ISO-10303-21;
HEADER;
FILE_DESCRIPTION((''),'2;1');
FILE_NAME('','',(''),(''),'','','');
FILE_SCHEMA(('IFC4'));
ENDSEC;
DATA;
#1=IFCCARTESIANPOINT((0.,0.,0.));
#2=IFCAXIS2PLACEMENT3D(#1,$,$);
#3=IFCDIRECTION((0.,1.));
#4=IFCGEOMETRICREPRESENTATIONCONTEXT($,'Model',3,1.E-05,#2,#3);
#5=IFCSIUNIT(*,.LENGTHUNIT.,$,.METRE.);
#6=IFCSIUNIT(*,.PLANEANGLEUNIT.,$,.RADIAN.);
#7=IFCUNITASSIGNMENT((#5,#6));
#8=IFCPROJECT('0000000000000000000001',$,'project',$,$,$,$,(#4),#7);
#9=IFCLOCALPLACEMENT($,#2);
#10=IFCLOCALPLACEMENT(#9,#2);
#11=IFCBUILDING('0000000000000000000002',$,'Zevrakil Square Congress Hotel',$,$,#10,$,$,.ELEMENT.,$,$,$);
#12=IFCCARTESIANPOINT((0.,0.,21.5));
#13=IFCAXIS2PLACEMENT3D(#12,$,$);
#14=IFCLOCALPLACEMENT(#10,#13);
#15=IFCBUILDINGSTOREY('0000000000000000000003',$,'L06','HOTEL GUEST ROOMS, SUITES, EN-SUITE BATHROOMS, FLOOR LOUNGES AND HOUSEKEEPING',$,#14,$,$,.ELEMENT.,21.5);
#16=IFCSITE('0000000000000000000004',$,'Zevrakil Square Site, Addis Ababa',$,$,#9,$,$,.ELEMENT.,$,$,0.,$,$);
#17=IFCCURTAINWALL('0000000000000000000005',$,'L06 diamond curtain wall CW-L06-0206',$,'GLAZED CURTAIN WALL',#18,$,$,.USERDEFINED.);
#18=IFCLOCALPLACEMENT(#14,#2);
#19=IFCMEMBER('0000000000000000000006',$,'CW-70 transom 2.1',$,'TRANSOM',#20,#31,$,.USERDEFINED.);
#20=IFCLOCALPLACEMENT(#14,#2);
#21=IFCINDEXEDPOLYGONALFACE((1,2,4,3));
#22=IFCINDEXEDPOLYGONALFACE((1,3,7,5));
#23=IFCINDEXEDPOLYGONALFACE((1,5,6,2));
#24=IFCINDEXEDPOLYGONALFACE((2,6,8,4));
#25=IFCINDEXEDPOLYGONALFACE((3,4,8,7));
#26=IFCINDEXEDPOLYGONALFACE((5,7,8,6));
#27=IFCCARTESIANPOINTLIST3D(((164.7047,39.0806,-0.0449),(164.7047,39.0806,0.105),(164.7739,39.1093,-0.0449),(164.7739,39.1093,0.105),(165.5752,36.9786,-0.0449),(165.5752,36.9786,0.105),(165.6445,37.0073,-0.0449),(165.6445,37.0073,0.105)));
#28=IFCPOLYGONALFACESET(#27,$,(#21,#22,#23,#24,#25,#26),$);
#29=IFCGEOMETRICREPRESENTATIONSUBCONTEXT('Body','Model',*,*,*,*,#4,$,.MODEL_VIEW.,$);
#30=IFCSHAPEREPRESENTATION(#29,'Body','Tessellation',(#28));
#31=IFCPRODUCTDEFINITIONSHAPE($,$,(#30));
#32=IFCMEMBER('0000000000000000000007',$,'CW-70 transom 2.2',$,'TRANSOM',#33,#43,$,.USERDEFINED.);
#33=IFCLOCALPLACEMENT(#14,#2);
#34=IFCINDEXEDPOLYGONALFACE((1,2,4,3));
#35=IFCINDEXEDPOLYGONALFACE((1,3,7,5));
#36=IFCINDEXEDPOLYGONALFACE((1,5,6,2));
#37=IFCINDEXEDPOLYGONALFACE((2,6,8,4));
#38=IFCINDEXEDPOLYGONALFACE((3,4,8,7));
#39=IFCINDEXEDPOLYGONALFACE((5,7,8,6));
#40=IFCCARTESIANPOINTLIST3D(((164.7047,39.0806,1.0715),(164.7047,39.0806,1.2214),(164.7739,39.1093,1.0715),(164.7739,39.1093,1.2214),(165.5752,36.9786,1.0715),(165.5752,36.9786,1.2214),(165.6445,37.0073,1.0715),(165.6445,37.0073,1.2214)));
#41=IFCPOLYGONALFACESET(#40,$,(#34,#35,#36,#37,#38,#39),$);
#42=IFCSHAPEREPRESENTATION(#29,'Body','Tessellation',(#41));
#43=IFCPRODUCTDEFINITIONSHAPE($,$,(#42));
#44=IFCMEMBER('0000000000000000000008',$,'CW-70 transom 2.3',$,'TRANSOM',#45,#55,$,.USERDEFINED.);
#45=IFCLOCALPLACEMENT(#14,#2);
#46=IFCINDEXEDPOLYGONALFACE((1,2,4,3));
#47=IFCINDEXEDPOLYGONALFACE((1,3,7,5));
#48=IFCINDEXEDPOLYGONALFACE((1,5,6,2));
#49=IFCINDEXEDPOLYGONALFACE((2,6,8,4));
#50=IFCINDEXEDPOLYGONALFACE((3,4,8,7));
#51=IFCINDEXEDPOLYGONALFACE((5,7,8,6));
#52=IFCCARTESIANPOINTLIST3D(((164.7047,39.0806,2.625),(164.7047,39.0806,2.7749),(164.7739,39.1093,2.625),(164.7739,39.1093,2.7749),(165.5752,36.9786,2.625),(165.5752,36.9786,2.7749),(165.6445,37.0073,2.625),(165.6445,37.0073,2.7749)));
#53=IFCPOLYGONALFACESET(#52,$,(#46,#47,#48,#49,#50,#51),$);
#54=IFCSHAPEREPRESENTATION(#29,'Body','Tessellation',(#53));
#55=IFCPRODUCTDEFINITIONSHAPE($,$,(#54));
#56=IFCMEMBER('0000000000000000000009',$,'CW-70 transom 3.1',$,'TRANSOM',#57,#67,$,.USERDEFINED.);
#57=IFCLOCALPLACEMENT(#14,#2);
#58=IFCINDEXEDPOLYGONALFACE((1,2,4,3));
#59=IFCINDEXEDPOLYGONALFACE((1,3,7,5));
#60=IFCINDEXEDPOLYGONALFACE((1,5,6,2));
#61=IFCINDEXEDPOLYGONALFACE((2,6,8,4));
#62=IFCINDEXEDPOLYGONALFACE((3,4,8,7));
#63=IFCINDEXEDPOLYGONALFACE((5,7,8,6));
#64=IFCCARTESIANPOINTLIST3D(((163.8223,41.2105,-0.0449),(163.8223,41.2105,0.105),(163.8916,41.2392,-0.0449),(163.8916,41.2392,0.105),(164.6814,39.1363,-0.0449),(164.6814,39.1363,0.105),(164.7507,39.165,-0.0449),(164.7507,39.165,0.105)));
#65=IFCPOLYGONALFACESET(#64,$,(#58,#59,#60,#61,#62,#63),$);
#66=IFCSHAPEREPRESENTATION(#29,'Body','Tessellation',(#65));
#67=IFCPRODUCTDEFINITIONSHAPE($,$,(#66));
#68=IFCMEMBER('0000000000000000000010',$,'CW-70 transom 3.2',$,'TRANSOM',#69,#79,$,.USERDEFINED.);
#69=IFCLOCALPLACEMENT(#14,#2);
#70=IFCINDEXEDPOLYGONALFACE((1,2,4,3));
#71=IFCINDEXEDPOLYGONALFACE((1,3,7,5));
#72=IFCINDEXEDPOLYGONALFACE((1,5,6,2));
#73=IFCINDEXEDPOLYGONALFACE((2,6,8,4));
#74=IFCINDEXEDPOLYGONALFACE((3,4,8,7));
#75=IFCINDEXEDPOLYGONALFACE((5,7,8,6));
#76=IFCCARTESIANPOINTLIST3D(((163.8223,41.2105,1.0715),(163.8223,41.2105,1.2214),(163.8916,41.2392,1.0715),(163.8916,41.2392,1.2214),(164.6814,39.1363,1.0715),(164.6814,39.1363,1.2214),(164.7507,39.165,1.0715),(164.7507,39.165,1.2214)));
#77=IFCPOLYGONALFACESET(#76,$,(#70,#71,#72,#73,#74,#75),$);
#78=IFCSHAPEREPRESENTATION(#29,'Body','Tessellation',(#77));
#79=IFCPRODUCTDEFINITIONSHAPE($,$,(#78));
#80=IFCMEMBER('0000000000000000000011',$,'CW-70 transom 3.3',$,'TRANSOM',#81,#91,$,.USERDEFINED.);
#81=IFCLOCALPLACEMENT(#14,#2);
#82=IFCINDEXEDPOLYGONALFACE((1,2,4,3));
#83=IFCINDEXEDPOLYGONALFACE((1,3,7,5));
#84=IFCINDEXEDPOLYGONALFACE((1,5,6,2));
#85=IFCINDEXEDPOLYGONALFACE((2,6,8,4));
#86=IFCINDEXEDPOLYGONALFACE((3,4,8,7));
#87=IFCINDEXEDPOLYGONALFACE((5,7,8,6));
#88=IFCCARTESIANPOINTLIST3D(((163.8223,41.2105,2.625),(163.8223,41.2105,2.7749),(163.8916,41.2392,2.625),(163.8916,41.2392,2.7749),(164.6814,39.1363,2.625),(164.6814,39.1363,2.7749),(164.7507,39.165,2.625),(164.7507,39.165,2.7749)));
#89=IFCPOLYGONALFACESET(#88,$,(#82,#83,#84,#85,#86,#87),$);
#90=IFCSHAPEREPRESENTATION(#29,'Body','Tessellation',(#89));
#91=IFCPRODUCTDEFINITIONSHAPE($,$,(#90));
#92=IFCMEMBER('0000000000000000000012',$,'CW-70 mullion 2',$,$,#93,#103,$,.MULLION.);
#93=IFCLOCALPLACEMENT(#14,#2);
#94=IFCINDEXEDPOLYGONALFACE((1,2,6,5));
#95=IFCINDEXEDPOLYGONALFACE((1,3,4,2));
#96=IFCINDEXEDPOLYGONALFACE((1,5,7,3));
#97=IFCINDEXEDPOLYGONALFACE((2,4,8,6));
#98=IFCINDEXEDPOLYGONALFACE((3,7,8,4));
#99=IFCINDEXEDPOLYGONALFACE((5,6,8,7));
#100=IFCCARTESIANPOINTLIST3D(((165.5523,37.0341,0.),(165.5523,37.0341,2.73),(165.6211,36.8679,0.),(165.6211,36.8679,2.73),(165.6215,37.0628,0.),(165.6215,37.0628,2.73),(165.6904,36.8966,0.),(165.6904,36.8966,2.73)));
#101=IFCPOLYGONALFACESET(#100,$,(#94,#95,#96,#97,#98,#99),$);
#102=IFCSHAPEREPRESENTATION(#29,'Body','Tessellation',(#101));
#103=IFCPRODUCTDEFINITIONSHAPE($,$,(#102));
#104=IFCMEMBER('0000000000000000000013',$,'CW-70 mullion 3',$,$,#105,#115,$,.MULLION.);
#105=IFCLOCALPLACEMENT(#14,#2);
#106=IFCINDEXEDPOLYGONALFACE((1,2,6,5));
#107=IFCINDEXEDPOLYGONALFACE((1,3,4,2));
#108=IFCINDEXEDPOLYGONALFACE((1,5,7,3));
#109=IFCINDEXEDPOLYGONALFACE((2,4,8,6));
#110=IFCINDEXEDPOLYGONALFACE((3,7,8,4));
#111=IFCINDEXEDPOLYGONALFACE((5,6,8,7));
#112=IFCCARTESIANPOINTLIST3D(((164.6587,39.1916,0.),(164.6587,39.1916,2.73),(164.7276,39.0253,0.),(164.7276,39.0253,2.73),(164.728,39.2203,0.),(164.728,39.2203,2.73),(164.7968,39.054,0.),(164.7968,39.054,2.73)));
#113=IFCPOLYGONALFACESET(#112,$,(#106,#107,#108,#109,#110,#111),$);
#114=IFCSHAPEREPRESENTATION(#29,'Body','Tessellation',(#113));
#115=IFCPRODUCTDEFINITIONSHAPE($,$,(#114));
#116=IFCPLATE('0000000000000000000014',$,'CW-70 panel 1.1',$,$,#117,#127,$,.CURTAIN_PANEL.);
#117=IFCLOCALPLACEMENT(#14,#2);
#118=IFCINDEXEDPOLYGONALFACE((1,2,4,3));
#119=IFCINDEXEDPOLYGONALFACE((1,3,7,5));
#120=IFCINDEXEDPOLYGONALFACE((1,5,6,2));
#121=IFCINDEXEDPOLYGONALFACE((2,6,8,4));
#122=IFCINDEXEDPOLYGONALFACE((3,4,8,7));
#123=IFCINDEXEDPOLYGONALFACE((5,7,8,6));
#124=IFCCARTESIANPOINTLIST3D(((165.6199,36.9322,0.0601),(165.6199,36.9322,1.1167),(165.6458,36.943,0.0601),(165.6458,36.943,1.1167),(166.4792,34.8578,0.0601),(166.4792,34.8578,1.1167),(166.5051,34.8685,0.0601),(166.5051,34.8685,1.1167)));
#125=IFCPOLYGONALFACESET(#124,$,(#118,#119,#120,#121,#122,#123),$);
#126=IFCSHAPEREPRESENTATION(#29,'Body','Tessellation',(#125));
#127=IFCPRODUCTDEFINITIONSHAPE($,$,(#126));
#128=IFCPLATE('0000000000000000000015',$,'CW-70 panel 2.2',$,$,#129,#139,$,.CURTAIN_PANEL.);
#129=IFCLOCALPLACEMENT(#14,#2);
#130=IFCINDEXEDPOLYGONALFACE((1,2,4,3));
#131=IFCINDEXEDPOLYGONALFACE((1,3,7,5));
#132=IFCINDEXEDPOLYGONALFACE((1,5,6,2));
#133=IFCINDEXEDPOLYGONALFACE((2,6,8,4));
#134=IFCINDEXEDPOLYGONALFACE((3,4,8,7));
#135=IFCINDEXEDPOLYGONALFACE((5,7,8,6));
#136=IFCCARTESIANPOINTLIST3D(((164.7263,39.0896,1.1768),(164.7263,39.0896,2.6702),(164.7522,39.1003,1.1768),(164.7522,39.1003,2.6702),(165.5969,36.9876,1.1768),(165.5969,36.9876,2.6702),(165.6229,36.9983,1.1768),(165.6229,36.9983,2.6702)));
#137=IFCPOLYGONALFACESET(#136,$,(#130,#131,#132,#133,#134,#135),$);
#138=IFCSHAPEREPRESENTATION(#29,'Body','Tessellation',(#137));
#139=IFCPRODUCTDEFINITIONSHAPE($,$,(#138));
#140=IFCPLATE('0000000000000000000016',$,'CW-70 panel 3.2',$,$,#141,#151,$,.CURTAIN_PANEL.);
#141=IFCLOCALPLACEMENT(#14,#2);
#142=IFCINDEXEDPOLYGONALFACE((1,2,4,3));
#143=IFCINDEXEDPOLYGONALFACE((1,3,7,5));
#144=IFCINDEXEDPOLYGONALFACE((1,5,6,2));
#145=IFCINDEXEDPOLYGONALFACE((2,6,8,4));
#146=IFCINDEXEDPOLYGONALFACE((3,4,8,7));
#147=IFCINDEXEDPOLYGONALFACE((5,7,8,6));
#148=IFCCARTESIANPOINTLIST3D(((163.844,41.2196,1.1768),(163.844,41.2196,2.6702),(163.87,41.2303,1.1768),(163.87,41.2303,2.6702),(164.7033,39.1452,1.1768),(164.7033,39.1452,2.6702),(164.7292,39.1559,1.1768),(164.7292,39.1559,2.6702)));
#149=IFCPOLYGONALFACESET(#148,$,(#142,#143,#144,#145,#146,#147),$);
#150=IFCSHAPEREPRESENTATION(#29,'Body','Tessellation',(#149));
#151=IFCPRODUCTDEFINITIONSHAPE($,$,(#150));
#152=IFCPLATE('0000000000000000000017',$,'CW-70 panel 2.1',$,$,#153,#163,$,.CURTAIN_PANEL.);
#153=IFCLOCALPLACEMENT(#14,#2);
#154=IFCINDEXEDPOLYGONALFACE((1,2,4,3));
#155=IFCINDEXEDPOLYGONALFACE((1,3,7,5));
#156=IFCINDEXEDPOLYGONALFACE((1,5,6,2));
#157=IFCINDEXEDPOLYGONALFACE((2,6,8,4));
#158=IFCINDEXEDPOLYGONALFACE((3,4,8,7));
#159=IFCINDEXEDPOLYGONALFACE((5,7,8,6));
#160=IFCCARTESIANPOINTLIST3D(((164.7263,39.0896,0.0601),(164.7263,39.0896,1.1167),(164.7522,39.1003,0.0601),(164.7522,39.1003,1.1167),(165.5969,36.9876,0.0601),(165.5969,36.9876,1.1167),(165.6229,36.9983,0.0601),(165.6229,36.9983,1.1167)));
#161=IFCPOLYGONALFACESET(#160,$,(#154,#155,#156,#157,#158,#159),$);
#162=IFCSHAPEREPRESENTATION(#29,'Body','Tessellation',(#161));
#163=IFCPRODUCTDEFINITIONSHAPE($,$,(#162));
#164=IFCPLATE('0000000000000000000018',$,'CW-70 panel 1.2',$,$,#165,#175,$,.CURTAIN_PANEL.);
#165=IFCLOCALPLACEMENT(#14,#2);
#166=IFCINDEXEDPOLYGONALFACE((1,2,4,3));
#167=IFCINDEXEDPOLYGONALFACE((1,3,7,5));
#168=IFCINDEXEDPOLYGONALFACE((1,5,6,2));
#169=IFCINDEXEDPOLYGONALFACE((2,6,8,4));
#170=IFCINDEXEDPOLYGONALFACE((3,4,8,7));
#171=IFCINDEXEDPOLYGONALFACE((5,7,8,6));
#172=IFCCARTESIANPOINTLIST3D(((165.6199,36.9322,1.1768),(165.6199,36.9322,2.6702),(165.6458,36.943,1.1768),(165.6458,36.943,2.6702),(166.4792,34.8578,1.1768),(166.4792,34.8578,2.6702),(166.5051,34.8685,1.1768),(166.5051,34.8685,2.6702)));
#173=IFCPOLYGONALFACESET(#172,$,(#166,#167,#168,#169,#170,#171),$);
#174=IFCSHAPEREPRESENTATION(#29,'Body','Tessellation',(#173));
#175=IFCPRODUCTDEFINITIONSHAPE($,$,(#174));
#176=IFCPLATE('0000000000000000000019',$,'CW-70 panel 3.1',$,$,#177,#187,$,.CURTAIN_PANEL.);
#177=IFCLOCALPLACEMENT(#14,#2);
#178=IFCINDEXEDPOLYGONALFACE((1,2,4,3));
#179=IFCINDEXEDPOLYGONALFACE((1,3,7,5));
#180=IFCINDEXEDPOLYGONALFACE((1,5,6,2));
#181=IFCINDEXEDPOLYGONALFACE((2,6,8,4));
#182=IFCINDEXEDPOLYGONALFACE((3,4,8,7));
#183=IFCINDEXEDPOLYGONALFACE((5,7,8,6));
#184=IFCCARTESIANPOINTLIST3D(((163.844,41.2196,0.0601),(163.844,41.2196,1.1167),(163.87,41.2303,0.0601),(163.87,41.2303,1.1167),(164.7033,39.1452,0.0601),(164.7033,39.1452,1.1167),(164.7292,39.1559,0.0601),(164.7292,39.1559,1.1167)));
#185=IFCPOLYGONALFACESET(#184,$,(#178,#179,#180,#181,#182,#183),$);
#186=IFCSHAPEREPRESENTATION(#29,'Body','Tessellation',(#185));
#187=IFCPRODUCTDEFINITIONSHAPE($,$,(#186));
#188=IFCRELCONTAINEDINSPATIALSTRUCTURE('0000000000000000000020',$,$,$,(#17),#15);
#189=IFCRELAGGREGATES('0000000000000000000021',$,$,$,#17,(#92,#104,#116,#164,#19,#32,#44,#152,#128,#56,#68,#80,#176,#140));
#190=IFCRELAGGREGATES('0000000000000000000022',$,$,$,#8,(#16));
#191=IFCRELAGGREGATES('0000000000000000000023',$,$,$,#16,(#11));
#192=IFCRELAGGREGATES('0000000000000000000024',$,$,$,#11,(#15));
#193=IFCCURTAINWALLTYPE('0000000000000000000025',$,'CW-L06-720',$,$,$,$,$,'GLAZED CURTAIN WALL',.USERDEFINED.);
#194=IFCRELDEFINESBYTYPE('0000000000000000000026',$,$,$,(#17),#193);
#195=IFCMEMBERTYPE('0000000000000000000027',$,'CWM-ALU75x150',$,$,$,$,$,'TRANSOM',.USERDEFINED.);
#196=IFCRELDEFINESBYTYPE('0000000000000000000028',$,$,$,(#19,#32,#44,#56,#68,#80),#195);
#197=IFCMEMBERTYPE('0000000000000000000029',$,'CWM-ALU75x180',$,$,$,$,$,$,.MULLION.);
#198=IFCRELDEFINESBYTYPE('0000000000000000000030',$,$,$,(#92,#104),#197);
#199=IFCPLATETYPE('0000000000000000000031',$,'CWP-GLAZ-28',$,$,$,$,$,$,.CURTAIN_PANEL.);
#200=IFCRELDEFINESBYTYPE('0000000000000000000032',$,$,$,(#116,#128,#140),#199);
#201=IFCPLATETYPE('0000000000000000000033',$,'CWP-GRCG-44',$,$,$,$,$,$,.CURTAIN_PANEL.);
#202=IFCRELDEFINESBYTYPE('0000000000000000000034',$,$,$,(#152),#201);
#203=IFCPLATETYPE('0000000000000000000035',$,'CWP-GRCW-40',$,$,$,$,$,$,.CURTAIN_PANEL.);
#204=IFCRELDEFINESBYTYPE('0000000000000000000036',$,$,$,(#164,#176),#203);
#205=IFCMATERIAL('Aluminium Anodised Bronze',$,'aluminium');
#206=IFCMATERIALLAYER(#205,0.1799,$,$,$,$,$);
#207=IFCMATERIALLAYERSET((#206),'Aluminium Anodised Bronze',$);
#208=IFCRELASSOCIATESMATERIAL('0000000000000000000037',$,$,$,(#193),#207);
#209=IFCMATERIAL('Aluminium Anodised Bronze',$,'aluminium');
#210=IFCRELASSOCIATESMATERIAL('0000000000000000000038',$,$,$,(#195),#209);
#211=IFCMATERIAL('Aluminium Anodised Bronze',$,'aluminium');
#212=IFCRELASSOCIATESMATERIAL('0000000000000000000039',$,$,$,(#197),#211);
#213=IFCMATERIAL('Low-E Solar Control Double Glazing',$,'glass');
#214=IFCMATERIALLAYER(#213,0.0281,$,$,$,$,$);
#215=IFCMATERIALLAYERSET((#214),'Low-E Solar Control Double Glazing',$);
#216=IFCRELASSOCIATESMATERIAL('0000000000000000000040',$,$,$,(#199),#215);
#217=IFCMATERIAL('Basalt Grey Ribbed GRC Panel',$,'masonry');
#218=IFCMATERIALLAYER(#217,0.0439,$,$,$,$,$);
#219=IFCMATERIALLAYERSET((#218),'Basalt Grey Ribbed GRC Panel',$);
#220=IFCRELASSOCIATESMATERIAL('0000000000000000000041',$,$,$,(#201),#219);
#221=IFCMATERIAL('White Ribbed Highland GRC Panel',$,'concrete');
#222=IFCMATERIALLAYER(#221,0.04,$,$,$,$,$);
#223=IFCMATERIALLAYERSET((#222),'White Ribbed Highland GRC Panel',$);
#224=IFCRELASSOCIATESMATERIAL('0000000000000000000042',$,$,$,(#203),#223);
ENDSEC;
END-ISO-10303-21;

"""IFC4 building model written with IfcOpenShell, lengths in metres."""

from ifc_helpers import new_model, si_unit, direction, frame, origin, origin_2d, place, context, subcontext, project, spatial, rectangle, extrude, material, layer, layer_set, material_profile, profile_set, type_object, element, aggregate, save


model = new_model("IFC4")

# Units and contexts
model_context = context("Model", 3, precision=1e-05, world=origin(), true_north=direction((0.0, 1.0)))
body_context = subcontext(model_context, "Body", "Model", "MODEL_VIEW")
ifc_project = project(units=[si_unit("LENGTHUNIT", "METRE"), si_unit("PLANEANGLEUNIT", "RADIAN")], contexts=[model_context])

# Site, building, storey
site_placement = place(None, origin())
site = spatial("IfcSite", under=ifc_project, at=site_placement, Name="Zevrakil Square Site, Addis Ababa", CompositionType="ELEMENT", RefElevation=0.0)
building_placement = place(site_placement, origin())
building = spatial("IfcBuilding", under=site, at=building_placement, Name="Zevrakil Square Congress Hotel", CompositionType="ELEMENT")
storey_placement = place(building_placement, frame((0.0, 0.0, 21.5)))
storey = spatial("IfcBuildingStorey", under=building, at=storey_placement, Name="L06", Description="HOTEL GUEST ROOMS, SUITES, EN-SUITE BATHROOMS, FLOOR LOUNGES AND HOUSEKEEPING", CompositionType="ELEMENT", Elevation=21.5)

# Curtain wall, members, plates
ifc_material_1 = material(Name="Aluminium Anodised Bronze", Category="aluminium")
ifc_layer_1 = layer(ifc_material_1, 0.1799)
ifc_layer_set_1 = layer_set([ifc_layer_1], Name="Aluminium Anodised Bronze")
curtain_wall_type = type_object("IfcCurtainWallType", Name="CW-L06-720", ElementType="GLAZED CURTAIN WALL", PredefinedType="USERDEFINED", material=ifc_layer_set_1)
curtain_wall_placement = place(storey_placement, origin())
curtain_wall = element("IfcCurtainWall", 1, at=curtain_wall_placement, inside=storey, type_object=curtain_wall_type, Name="L06 diamond curtain wall CW-L06-0206", ObjectType="GLAZED CURTAIN WALL", PredefinedType="USERDEFINED")
ifc_material_2 = material(Name="Aluminium Anodised Bronze", Category="aluminium")
ifc_material_profile_1 = material_profile(ifc_material_2, rectangle(XDim=0.075, YDim=0.1499, at=origin_2d()), Name="ALU 75x150")
ifc_profile_set_1 = profile_set([ifc_material_profile_1], Name="Aluminium Anodised Bronze")
member_type_1 = type_object("IfcMemberType", Name="CWM-ALU75x150", ElementType="TRANSOM", PredefinedType="USERDEFINED", material=ifc_profile_set_1)
member_1_placement = place(storey_placement, frame((165.6099, 36.9929, 0.03), z_axis=(-0.382649, 0.923894, 0.0), x_axis=(-0.923894, -0.382649, 0.0)))
member_1 = element("IfcMember", 2, at=member_1_placement, type_object=member_type_1, Name="CW-70 transom 2.1", ObjectType="TRANSOM", PredefinedType="USERDEFINED", context=body_context, shape_type="SweptSolid", body=[
    extrude(rectangle(XDim=0.075, YDim=0.1499, at=origin_2d()), origin(), (0.0, 0.0, 1.0), 2.2751),
])
member_2_placement = place(storey_placement, frame((165.6099, 36.9929, 1.1465), z_axis=(-0.382649, 0.923894, 0.0), x_axis=(-0.923894, -0.382649, 0.0)))
member_2 = element("IfcMember", 3, at=member_2_placement, type_object=member_type_1, Name="CW-70 transom 2.2", ObjectType="TRANSOM", PredefinedType="USERDEFINED", context=body_context, shape_type="SweptSolid", body=[
    extrude(rectangle(XDim=0.075, YDim=0.1499, at=origin_2d()), origin(), (0.0, 0.0, 1.0), 2.2751),
])
member_3_placement = place(storey_placement, frame((165.6099, 36.9929, 2.7), z_axis=(-0.382649, 0.923894, 0.0), x_axis=(-0.923894, -0.382649, 0.0)))
member_3 = element("IfcMember", 4, at=member_3_placement, type_object=member_type_1, Name="CW-70 transom 2.3", ObjectType="TRANSOM", PredefinedType="USERDEFINED", context=body_context, shape_type="SweptSolid", body=[
    extrude(rectangle(XDim=0.075, YDim=0.1499, at=origin_2d()), origin(), (0.0, 0.0, 1.0), 2.2751),
])
member_4_placement = place(storey_placement, frame((164.7161, 39.1506, 0.03), z_axis=(-0.382669, 0.923886, 0.0), x_axis=(-0.923886, -0.382669, 0.0)))
member_4 = element("IfcMember", 5, at=member_4_placement, type_object=member_type_1, Name="CW-70 transom 3.1", ObjectType="TRANSOM", PredefinedType="USERDEFINED", context=body_context, shape_type="SweptSolid", body=[
    extrude(rectangle(XDim=0.075, YDim=0.1499, at=origin_2d()), origin(), (0.0, 0.0, 1.0), 2.2451),
])
member_5_placement = place(storey_placement, frame((164.7161, 39.1506, 1.1465), z_axis=(-0.382669, 0.923886, 0.0), x_axis=(-0.923886, -0.382669, 0.0)))
member_5 = element("IfcMember", 6, at=member_5_placement, type_object=member_type_1, Name="CW-70 transom 3.2", ObjectType="TRANSOM", PredefinedType="USERDEFINED", context=body_context, shape_type="SweptSolid", body=[
    extrude(rectangle(XDim=0.075, YDim=0.1499, at=origin_2d()), origin(), (0.0, 0.0, 1.0), 2.2451),
])
member_6_placement = place(storey_placement, frame((164.7161, 39.1506, 2.7), z_axis=(-0.382669, 0.923886, 0.0), x_axis=(-0.923886, -0.382669, 0.0)))
member_6 = element("IfcMember", 7, at=member_6_placement, type_object=member_type_1, Name="CW-70 transom 3.3", ObjectType="TRANSOM", PredefinedType="USERDEFINED", context=body_context, shape_type="SweptSolid", body=[
    extrude(rectangle(XDim=0.075, YDim=0.1499, at=origin_2d()), origin(), (0.0, 0.0, 1.0), 2.2451),
])
ifc_material_3 = material(Name="Aluminium Anodised Bronze", Category="aluminium")
ifc_material_profile_2 = material_profile(ifc_material_3, rectangle(XDim=0.075, YDim=0.1799, at=origin_2d()), Name="ALU 75x180")
ifc_profile_set_2 = profile_set([ifc_material_profile_2], Name="Aluminium Anodised Bronze")
member_type_2 = type_object("IfcMemberType", Name="CWM-ALU75x180", PredefinedType="MULLION", material=ifc_profile_set_2)
member_7_placement = place(storey_placement, frame((165.6213, 36.9653, 0.0), z_axis=(0.0, 0.0, 1.0), x_axis=(-0.923879, -0.382684, 0.0)))
member_7 = element("IfcMember", 8, at=member_7_placement, type_object=member_type_2, Name="CW-70 mullion 2", PredefinedType="MULLION", context=body_context, shape_type="SweptSolid", body=[
    extrude(rectangle(XDim=0.075, YDim=0.1799, at=origin_2d()), origin(), (0.0, 0.0, 1.0), 2.73),
])
member_8_placement = place(storey_placement, frame((164.7278, 39.1228, 0.0), z_axis=(0.0, 0.0, 1.0), x_axis=(-0.923879, -0.382684, 0.0)))
member_8 = element("IfcMember", 9, at=member_8_placement, type_object=member_type_2, Name="CW-70 mullion 3", PredefinedType="MULLION", context=body_context, shape_type="SweptSolid", body=[
    extrude(rectangle(XDim=0.075, YDim=0.1799, at=origin_2d()), origin(), (0.0, 0.0, 1.0), 2.73),
])
ifc_material_4 = material(Name="Low-E Solar Control Double Glazing", Category="glass")
ifc_layer_2 = layer(ifc_material_4, 0.0281)
ifc_layer_set_2 = layer_set([ifc_layer_2], Name="Low-E Solar Control Double Glazing")
plate_type_1 = type_object("IfcPlateType", Name="CWP-GLAZ-28", PredefinedType="CURTAIN_PANEL", material=ifc_layer_set_2)
plate_1_placement = place(storey_placement, frame((166.0625, 35.9004, 0.0601), z_axis=(0.0, 0.0, 1.0), x_axis=(-0.382684, 0.923879, 0.0)))
plate_1 = element("IfcPlate", 10, at=plate_1_placement, type_object=plate_type_1, Name="CW-70 panel 1.1", PredefinedType="CURTAIN_PANEL", context=body_context, shape_type="SweptSolid", body=[
    extrude(rectangle(XDim=2.2454, YDim=0.0281, at=origin_2d()), origin(), (0.0, 0.0, 1.0), 1.0566),
])
plate_2_placement = place(storey_placement, frame((165.1746, 38.0439, 1.1768), z_axis=(0.0, 0.0, 1.0), x_axis=(-0.382684, 0.923879, 0.0)))
plate_2 = element("IfcPlate", 11, at=plate_2_placement, type_object=plate_type_1, Name="CW-70 panel 2.2", PredefinedType="CURTAIN_PANEL", context=body_context, shape_type="SweptSolid", body=[
    extrude(rectangle(XDim=2.2751, YDim=0.0281, at=origin_2d()), origin(), (0.0, 0.0, 1.0), 1.4934),
])
plate_3_placement = place(storey_placement, frame((164.2866, 40.1877, 1.1768), z_axis=(0.0, 0.0, 1.0), x_axis=(-0.382684, 0.923879, 0.0)))
plate_3 = element("IfcPlate", 12, at=plate_3_placement, type_object=plate_type_1, Name="CW-70 panel 3.2", PredefinedType="CURTAIN_PANEL", context=body_context, shape_type="SweptSolid", body=[
    extrude(rectangle(XDim=2.2454, YDim=0.0281, at=origin_2d()), origin(), (0.0, 0.0, 1.0), 1.4934),
])
ifc_material_5 = material(Name="Basalt Grey Ribbed GRC Panel", Category="masonry")
ifc_layer_3 = layer(ifc_material_5, 0.0439)
ifc_layer_set_3 = layer_set([ifc_layer_3], Name="Basalt Grey Ribbed GRC Panel")
plate_type_2 = type_object("IfcPlateType", Name="CWP-GRCG-44", PredefinedType="CURTAIN_PANEL", material=ifc_layer_set_3)
plate_4_placement = place(storey_placement, frame((165.1746, 38.0439, 0.0601), z_axis=(0.0, 0.0, 1.0), x_axis=(-0.382684, 0.923879, 0.0)))
plate_4 = element("IfcPlate", 13, at=plate_4_placement, type_object=plate_type_2, Name="CW-70 panel 2.1", PredefinedType="CURTAIN_PANEL", context=body_context, shape_type="SweptSolid", body=[
    extrude(rectangle(XDim=2.2751, YDim=0.0281, at=origin_2d()), origin(), (0.0, 0.0, 1.0), 1.0566),
])
ifc_material_6 = material(Name="White Ribbed Highland GRC Panel", Category="concrete")
ifc_layer_4 = layer(ifc_material_6, 0.04)
ifc_layer_set_4 = layer_set([ifc_layer_4], Name="White Ribbed Highland GRC Panel")
plate_type_3 = type_object("IfcPlateType", Name="CWP-GRCW-40", PredefinedType="CURTAIN_PANEL", material=ifc_layer_set_4)
plate_5_placement = place(storey_placement, frame((166.0625, 35.9004, 1.1768), z_axis=(0.0, 0.0, 1.0), x_axis=(-0.382684, 0.923879, 0.0)))
plate_5 = element("IfcPlate", 14, at=plate_5_placement, type_object=plate_type_3, Name="CW-70 panel 1.2", PredefinedType="CURTAIN_PANEL", context=body_context, shape_type="SweptSolid", body=[
    extrude(rectangle(XDim=2.2454, YDim=0.0281, at=origin_2d()), origin(), (0.0, 0.0, 1.0), 1.4934),
])
plate_6_placement = place(storey_placement, frame((164.2866, 40.1877, 0.0601), z_axis=(0.0, 0.0, 1.0), x_axis=(-0.382684, 0.923879, 0.0)))
plate_6 = element("IfcPlate", 15, at=plate_6_placement, type_object=plate_type_3, Name="CW-70 panel 3.1", PredefinedType="CURTAIN_PANEL", context=body_context, shape_type="SweptSolid", body=[
    extrude(rectangle(XDim=2.2454, YDim=0.0281, at=origin_2d()), origin(), (0.0, 0.0, 1.0), 1.0566),
])
aggregate(curtain_wall, [member_7, member_8, plate_1, plate_5, member_1, member_2, member_3, plate_4, plate_2, member_4, member_5, member_6, plate_6, plate_3])

save(model, "model.ifc")
